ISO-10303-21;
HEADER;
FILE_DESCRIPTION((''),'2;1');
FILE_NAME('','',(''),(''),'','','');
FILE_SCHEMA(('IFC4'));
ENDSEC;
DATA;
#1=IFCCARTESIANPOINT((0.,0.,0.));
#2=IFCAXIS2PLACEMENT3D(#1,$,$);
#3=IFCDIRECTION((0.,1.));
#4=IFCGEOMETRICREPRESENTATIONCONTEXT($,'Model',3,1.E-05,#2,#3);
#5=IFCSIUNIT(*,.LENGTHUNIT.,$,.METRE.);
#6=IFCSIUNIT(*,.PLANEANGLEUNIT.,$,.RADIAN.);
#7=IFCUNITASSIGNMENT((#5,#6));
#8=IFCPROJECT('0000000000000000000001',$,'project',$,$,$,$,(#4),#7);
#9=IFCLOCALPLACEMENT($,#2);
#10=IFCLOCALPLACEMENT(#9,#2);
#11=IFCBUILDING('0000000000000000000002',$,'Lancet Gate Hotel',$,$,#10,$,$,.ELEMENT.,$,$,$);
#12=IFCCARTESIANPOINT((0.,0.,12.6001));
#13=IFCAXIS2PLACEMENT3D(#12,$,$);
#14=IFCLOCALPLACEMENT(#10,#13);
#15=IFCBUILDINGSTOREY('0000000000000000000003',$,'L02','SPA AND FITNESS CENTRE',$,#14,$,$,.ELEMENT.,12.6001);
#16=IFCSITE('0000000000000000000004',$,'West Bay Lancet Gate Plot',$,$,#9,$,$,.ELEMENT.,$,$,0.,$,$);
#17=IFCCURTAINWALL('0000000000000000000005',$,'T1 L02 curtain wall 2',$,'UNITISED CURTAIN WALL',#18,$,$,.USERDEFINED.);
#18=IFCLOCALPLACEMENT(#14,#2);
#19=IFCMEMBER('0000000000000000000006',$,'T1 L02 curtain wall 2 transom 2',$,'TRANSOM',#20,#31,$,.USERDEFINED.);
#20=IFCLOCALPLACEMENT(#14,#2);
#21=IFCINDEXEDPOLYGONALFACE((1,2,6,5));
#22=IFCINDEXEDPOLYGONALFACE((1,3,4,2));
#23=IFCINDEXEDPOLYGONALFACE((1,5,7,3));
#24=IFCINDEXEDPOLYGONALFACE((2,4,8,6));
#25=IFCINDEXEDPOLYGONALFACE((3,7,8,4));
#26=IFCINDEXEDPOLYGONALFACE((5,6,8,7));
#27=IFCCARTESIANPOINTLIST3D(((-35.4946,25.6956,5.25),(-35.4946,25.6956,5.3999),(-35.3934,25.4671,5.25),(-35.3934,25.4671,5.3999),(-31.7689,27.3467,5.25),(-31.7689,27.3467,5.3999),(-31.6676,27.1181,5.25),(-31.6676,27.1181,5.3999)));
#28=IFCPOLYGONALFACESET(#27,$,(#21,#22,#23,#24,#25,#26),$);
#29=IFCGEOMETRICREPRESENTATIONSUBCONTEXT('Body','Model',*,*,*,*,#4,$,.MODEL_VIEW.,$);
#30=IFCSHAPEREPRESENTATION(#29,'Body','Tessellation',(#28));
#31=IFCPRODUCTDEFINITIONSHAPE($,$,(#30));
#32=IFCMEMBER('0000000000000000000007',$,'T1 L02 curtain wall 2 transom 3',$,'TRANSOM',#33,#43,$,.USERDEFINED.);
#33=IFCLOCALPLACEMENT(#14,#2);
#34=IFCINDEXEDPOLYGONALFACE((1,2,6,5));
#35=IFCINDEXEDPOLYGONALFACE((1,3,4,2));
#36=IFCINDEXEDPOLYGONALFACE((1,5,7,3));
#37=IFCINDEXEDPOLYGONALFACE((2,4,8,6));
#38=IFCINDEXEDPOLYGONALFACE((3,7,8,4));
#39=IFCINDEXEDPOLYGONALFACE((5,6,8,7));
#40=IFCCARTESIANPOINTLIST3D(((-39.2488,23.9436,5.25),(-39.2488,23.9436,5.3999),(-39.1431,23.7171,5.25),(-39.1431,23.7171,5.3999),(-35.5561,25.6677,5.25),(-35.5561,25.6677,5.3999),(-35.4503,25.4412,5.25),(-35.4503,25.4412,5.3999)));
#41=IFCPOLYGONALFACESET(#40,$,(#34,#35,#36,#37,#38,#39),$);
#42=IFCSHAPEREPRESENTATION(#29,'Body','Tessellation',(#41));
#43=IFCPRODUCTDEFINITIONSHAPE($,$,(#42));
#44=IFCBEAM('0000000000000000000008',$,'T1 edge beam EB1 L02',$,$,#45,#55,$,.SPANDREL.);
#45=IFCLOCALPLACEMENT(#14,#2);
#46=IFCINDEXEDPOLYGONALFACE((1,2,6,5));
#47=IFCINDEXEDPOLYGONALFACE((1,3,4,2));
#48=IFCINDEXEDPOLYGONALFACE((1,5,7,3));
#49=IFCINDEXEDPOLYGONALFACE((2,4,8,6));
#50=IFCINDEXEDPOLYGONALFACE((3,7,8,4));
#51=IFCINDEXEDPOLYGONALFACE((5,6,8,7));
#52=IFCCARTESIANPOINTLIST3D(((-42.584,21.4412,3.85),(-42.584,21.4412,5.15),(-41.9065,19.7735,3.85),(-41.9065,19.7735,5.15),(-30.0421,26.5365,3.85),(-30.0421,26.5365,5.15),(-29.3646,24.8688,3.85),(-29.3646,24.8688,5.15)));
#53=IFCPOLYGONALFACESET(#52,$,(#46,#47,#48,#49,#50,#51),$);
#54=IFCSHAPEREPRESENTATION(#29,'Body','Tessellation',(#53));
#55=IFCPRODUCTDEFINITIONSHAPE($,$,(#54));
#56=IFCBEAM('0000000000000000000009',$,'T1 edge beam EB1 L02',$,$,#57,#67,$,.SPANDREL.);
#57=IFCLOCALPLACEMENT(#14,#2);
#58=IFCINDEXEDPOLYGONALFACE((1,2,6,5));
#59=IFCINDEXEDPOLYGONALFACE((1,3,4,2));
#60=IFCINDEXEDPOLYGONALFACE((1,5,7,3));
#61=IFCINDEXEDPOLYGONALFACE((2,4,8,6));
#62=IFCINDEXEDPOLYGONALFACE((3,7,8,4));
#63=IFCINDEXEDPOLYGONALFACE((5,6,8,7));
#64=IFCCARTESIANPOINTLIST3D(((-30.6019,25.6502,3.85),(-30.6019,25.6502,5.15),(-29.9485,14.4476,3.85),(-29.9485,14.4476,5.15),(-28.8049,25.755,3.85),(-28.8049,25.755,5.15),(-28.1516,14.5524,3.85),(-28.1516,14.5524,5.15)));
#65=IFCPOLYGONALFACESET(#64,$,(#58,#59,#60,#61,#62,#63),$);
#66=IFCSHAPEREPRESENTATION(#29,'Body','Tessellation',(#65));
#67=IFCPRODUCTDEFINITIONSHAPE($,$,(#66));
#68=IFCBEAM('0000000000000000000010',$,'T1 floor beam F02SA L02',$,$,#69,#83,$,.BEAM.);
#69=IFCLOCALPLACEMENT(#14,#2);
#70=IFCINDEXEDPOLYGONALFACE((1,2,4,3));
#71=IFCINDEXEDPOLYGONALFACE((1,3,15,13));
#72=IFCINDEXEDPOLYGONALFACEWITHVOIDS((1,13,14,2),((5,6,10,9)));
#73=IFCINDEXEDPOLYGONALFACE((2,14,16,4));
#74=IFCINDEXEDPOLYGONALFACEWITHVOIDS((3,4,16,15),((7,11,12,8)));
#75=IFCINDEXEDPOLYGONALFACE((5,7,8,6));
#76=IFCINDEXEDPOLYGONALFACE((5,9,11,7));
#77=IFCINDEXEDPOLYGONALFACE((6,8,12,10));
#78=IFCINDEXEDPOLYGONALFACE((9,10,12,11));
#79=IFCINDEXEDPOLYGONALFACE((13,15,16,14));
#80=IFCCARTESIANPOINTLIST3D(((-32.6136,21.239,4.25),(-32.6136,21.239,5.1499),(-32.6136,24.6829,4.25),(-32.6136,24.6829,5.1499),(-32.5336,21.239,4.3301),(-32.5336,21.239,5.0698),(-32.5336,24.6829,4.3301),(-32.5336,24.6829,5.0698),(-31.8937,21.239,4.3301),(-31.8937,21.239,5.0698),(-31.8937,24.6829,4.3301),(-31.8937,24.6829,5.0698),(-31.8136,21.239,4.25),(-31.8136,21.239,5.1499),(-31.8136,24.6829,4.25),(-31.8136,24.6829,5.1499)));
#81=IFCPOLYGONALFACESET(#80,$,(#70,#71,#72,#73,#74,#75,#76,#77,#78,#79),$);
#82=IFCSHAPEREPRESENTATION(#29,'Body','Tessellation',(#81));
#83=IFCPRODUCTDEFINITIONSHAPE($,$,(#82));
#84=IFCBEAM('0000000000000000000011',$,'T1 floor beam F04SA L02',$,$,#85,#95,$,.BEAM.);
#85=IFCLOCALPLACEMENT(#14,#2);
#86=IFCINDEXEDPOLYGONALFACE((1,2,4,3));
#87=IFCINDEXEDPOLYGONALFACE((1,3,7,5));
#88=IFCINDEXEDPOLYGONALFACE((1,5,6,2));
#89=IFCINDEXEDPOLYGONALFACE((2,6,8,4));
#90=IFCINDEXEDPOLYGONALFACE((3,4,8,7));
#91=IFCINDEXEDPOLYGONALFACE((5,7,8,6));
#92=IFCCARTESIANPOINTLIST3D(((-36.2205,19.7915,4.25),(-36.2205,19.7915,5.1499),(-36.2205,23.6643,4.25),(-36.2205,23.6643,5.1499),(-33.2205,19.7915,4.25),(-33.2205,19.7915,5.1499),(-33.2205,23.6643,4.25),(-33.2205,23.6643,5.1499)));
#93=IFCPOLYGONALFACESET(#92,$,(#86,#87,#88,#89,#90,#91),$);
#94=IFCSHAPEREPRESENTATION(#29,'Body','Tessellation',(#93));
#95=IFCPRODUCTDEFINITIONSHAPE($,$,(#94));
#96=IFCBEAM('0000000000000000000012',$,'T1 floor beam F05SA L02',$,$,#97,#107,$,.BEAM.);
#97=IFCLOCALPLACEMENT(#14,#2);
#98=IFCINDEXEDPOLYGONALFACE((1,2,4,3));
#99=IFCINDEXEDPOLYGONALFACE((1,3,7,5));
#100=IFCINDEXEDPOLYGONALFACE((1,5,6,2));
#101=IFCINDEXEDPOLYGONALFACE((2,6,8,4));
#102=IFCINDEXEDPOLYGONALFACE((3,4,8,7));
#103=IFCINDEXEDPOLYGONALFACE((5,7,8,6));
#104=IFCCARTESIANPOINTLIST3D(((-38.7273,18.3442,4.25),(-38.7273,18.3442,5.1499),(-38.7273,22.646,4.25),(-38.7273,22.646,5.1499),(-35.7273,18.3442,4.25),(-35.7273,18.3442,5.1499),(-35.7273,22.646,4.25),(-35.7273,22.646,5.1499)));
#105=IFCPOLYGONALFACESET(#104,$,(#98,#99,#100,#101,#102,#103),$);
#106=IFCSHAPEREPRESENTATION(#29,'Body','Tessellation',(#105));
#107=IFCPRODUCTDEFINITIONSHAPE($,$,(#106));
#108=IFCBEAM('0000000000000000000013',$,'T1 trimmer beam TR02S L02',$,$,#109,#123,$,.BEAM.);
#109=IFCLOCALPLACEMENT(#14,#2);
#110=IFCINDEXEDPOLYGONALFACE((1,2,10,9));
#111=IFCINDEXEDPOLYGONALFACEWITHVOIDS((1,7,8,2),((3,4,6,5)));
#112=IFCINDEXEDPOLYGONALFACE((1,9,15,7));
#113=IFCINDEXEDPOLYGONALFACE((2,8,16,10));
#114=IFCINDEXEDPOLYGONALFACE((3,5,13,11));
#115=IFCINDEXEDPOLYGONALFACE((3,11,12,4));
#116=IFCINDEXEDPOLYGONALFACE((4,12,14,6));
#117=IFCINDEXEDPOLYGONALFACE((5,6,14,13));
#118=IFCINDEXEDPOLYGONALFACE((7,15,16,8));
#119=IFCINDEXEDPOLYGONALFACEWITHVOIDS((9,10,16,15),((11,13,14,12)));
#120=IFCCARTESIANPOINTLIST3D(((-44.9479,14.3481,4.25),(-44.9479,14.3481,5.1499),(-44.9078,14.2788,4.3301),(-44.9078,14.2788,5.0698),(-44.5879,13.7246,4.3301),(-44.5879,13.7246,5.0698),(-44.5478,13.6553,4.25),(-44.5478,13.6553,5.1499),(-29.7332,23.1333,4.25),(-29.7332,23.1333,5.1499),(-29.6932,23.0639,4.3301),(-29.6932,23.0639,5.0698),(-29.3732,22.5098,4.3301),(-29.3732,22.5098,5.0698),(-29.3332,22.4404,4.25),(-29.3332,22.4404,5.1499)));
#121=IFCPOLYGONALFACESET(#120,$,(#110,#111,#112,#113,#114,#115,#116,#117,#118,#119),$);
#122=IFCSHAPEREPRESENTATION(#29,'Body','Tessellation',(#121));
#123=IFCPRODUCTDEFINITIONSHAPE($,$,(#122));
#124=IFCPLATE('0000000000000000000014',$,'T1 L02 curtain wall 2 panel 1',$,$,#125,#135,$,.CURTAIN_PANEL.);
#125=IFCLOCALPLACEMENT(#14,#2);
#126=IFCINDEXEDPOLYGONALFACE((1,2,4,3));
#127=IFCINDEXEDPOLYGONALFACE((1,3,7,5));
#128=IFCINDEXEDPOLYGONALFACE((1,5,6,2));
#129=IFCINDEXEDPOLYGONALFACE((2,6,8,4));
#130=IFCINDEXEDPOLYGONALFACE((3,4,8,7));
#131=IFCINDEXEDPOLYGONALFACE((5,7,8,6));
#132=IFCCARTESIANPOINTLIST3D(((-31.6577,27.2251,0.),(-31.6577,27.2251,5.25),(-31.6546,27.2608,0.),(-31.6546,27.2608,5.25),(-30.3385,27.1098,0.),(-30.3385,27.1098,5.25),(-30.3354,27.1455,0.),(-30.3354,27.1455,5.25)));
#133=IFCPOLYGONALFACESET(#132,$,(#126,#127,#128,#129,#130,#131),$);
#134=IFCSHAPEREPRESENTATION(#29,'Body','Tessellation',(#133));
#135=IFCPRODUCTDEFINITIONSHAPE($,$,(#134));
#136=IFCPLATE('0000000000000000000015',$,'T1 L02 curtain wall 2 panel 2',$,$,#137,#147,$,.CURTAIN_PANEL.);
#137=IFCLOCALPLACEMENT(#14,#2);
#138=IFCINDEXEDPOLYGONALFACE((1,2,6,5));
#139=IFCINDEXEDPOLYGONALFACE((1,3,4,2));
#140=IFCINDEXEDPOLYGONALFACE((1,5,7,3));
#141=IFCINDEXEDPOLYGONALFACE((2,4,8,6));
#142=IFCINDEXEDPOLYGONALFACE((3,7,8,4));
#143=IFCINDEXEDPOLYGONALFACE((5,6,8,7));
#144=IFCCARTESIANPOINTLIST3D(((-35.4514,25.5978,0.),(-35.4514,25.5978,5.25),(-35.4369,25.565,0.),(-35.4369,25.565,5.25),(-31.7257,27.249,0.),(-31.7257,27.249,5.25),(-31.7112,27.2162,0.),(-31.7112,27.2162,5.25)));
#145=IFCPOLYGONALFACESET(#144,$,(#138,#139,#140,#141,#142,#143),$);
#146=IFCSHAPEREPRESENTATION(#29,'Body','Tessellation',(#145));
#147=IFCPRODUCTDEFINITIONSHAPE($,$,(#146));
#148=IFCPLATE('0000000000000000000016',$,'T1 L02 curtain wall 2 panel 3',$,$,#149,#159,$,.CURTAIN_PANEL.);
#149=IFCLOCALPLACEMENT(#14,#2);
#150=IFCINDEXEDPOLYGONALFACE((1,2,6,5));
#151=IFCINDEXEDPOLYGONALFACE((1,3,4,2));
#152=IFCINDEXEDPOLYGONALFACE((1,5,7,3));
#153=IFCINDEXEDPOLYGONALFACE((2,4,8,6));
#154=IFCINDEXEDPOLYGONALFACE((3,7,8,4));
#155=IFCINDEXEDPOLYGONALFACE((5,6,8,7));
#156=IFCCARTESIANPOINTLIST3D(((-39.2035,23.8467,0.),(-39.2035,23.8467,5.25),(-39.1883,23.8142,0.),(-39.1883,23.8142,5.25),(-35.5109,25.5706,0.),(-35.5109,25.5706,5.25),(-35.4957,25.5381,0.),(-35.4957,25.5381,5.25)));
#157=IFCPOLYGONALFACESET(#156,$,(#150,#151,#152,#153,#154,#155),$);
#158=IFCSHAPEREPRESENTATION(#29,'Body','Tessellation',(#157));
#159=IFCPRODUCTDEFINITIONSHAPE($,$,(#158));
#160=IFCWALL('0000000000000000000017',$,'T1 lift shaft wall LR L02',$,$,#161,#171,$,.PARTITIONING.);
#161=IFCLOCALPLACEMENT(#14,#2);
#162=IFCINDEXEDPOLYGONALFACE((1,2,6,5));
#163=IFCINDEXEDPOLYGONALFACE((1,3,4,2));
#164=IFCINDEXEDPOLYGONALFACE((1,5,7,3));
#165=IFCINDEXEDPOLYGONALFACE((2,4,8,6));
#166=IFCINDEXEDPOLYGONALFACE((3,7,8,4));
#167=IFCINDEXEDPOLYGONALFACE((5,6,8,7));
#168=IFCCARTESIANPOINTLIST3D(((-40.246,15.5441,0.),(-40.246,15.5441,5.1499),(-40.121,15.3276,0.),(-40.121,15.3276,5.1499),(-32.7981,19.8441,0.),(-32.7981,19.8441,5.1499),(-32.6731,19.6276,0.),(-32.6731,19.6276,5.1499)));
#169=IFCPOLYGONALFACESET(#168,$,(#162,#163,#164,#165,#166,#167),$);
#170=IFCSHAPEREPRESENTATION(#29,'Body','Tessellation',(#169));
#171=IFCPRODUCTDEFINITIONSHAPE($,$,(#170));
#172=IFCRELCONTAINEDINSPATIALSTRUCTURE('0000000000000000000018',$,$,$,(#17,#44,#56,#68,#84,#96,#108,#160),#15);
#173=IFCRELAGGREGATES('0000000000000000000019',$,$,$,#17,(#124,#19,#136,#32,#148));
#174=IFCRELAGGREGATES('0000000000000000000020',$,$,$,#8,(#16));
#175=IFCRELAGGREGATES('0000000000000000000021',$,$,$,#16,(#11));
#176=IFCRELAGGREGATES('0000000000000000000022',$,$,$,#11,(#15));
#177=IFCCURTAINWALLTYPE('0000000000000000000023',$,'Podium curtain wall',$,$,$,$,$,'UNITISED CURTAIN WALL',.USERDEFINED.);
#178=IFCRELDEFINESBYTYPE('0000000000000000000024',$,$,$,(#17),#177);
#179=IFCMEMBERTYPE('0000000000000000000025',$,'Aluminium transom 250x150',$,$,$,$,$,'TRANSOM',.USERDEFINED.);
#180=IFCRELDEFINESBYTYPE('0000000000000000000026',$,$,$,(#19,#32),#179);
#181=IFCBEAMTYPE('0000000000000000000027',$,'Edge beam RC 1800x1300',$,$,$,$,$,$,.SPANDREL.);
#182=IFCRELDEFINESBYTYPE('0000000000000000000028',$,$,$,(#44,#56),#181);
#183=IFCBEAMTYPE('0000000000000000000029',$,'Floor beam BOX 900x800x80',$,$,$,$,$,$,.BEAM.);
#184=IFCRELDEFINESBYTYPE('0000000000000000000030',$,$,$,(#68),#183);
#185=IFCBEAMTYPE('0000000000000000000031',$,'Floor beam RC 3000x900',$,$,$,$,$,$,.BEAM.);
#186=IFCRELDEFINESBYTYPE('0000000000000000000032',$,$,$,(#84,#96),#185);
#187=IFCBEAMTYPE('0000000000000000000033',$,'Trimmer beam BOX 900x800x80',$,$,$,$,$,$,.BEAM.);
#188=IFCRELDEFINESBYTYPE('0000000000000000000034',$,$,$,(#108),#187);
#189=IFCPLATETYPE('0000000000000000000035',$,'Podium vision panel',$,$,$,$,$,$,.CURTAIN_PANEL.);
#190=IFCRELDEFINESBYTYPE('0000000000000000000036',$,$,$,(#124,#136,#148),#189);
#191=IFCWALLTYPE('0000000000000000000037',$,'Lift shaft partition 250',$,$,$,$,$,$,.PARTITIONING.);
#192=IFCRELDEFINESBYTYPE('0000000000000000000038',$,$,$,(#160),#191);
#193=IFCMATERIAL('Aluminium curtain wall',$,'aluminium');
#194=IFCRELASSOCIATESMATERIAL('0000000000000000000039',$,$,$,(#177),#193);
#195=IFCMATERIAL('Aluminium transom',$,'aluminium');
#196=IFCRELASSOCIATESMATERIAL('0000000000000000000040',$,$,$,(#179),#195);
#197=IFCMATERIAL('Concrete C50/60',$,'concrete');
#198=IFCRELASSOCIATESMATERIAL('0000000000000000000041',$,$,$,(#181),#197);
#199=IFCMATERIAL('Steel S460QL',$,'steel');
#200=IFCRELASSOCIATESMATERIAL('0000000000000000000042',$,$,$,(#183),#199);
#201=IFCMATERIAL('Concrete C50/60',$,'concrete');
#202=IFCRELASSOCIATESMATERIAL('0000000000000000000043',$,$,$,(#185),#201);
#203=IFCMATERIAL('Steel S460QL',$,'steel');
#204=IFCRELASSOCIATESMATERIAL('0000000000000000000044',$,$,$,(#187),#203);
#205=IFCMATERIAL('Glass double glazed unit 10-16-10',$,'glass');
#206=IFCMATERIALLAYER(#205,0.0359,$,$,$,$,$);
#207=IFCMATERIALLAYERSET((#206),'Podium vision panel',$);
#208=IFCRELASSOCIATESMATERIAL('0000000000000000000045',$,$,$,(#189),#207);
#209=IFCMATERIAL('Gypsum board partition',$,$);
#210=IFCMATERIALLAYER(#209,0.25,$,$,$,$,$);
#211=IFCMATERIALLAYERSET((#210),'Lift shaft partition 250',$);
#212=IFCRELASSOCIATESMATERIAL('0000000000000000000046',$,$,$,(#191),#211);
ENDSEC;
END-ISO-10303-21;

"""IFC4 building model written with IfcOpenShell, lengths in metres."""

from ifc_helpers import new_model, si_unit, direction, frame, frame_2d, origin, origin_2d, place, context, subcontext, project, spatial, rectangle, hollow_rectangle, extrude, material, layer, layer_set, material_profile, profile_set, type_object, element, aggregate, save


model = new_model("IFC4")

# Units and contexts
model_context = context("Model", 3, precision=1e-05, world=origin(), true_north=direction((0.0, 1.0)))
body_context = subcontext(model_context, "Body", "Model", "MODEL_VIEW")
ifc_project = project(units=[si_unit("LENGTHUNIT", "METRE"), si_unit("PLANEANGLEUNIT", "RADIAN")], contexts=[model_context])

# Site, building, storey
site_placement = place(None, origin())
site = spatial("IfcSite", under=ifc_project, at=site_placement, Name="West Bay Lancet Gate Plot", CompositionType="ELEMENT", RefElevation=0.0)
building_placement = place(site_placement, origin())
building = spatial("IfcBuilding", under=site, at=building_placement, Name="Lancet Gate Hotel", CompositionType="ELEMENT")
storey_placement = place(building_placement, frame((0.0, 0.0, 12.6001)))
storey = spatial("IfcBuildingStorey", under=building, at=storey_placement, Name="L02", Description="SPA AND FITNESS CENTRE", CompositionType="ELEMENT", Elevation=12.6001)

# Curtain wall, members
ifc_material_1 = material(Name="Aluminium curtain wall", Category="aluminium")
curtain_wall_type = type_object("IfcCurtainWallType", Name="Podium curtain wall", ElementType="UNITISED CURTAIN WALL", PredefinedType="USERDEFINED", material=ifc_material_1)
curtain_wall_placement = place(storey_placement, origin())
curtain_wall = element("IfcCurtainWall", 1, at=curtain_wall_placement, inside=storey, type_object=curtain_wall_type, Name="T1 L02 curtain wall 2", ObjectType="UNITISED CURTAIN WALL", PredefinedType="USERDEFINED")
ifc_material_2 = material(Name="Aluminium transom", Category="aluminium")
ifc_material_profile_1 = material_profile(ifc_material_2, rectangle(XDim=0.25, YDim=0.1499, at=origin_2d()), Name="TRANSOM 250x150")
ifc_profile_set_1 = profile_set([ifc_material_profile_1], Name="Aluminium transom")
member_type_1 = type_object("IfcMemberType", Name="Aluminium transom 250x150", ElementType="TRANSOM", PredefinedType="USERDEFINED", material=ifc_profile_set_1)
member_1_placement = place(storey_placement, frame((-31.7183, 27.2324, 5.325), z_axis=(-0.914248, -0.405154, 0.0), x_axis=(0.405154, -0.914248, 0.0)))
member_1 = element("IfcMember", 2, at=member_1_placement, type_object=member_type_1, Name="T1 L02 curtain wall 2 transom 2", ObjectType="TRANSOM", PredefinedType="USERDEFINED", context=body_context, shape_type="SweptSolid", body=[
    extrude(rectangle(XDim=0.25, YDim=0.1499, at=origin_2d()), origin(), (0.0, 0.0, 1.0), 4.0752),
])
member_2_placement = place(storey_placement, frame((-35.5032, 25.5544, 5.325), z_axis=(-0.90611, -0.423043, 0.0), x_axis=(0.423043, -0.90611, 0.0)))
member_2 = element("IfcMember", 3, at=member_2_placement, type_object=member_type_1, Name="T1 L02 curtain wall 2 transom 3", ObjectType="TRANSOM", PredefinedType="USERDEFINED", context=body_context, shape_type="SweptSolid", body=[
    extrude(rectangle(XDim=0.25, YDim=0.1499, at=origin_2d()), origin(), (0.0, 0.0, 1.0), 4.0754),
])

# Beams
ifc_material_3 = material(Name="Concrete C50/60", Category="concrete")
ifc_material_profile_2 = material_profile(ifc_material_3, rectangle(XDim=1.8, YDim=1.3, at=origin_2d()), Name="RC 1800x1300")
ifc_profile_set_2 = profile_set([ifc_material_profile_2], Name="Concrete C50/60")
beam_type_1 = type_object("IfcBeamType", Name="Edge beam RC 1800x1300", PredefinedType="SPANDREL", material=ifc_profile_set_2)
beam_1_placement = place(storey_placement, frame((-29.7034, 25.7026, 4.5), z_axis=(-0.926463, -0.376385, 0.0), x_axis=(0.376385, -0.926463, 0.0)))
element("IfcBeam", 4, at=beam_1_placement, inside=storey, type_object=beam_type_1, Name="T1 edge beam EB1 L02", PredefinedType="SPANDREL", context=body_context, shape_type="SweptSolid", body=[
    extrude(rectangle(XDim=1.8, YDim=1.3, at=origin_2d()), origin(), (0.0, 0.0, 1.0), 13.5374),
])
beam_2_placement = place(storey_placement, frame((-29.7034, 25.7026, 4.5), z_axis=(0.05822, -0.998304, 0.0), x_axis=(0.998304, 0.05822, 0.0)))
element("IfcBeam", 5, at=beam_2_placement, inside=storey, type_object=beam_type_1, Name="T1 edge beam EB1 L02", PredefinedType="SPANDREL", context=body_context, shape_type="SweptSolid", body=[
    extrude(rectangle(XDim=1.8, YDim=1.3, at=origin_2d()), origin(), (0.0, 0.0, 1.0), 11.2217),
])
ifc_material_4 = material(Name="Steel S460QL", Category="steel")
ifc_material_profile_3 = material_profile(ifc_material_4, hollow_rectangle(XDim=0.8, YDim=0.8999, WallThickness=0.0801, at=origin_2d()), Name="BOX 900x800x80")
ifc_profile_set_3 = profile_set([ifc_material_profile_3], Name="Steel S460QL")
beam_type_2 = type_object("IfcBeamType", Name="Floor beam BOX 900x800x80", PredefinedType="BEAM", material=ifc_profile_set_3)
beam_3_placement = place(storey_placement, frame((-32.2136, 24.6829, 4.7), z_axis=(0.0, -1.0, 0.0), x_axis=(1.0, 0.0, 0.0)))
element("IfcBeam", 6, at=beam_3_placement, inside=storey, type_object=beam_type_2, Name="T1 floor beam F02SA L02", PredefinedType="BEAM", context=body_context, shape_type="SweptSolid", body=[
    extrude(hollow_rectangle(XDim=0.8, YDim=0.8999, WallThickness=0.0801, at=origin_2d()), origin(), (0.0, 0.0, 1.0), 3.4438),
])
ifc_material_5 = material(Name="Concrete C50/60", Category="concrete")
ifc_material_profile_4 = material_profile(ifc_material_5, rectangle(XDim=3.0, YDim=0.8999, at=origin_2d()), Name="RC 3000x900")
ifc_profile_set_4 = profile_set([ifc_material_profile_4], Name="Concrete C50/60")
beam_type_3 = type_object("IfcBeamType", Name="Floor beam RC 3000x900", PredefinedType="BEAM", material=ifc_profile_set_4)
beam_4_placement = place(storey_placement, frame((-34.7205, 23.6643, 4.7), z_axis=(0.0, -1.0, 0.0), x_axis=(1.0, 0.0, 0.0)))
element("IfcBeam", 7, at=beam_4_placement, inside=storey, type_object=beam_type_3, Name="T1 floor beam F04SA L02", PredefinedType="BEAM", context=body_context, shape_type="SweptSolid", body=[
    extrude(rectangle(XDim=3.0, YDim=0.8999, at=origin_2d()), origin(), (0.0, 0.0, 1.0), 3.8728),
])
beam_5_placement = place(storey_placement, frame((-37.2273, 22.646, 4.7), z_axis=(0.0, -1.0, 0.0), x_axis=(1.0, 0.0, 0.0)))
element("IfcBeam", 8, at=beam_5_placement, inside=storey, type_object=beam_type_3, Name="T1 floor beam F05SA L02", PredefinedType="BEAM", context=body_context, shape_type="SweptSolid", body=[
    extrude(rectangle(XDim=3.0, YDim=0.8999, at=origin_2d()), origin(), (0.0, 0.0, 1.0), 4.3018),
])
ifc_material_6 = material(Name="Steel S460QL", Category="steel")
ifc_material_profile_5 = material_profile(ifc_material_6, hollow_rectangle(XDim=0.8, YDim=0.8999, WallThickness=0.0801, at=origin_2d()), Name="BOX 900x800x80")
ifc_profile_set_5 = profile_set([ifc_material_profile_5], Name="Steel S460QL")
beam_type_4 = type_object("IfcBeamType", Name="Trimmer beam BOX 900x800x80", PredefinedType="BEAM", material=ifc_profile_set_5)
beam_6_placement = place(storey_placement, frame((-29.5332, 22.7869, 4.7), z_axis=(-0.866001, -0.500043, 0.0), x_axis=(0.500043, -0.866001, 0.0)))
element("IfcBeam", 9, at=beam_6_placement, inside=storey, type_object=beam_type_4, Name="T1 trimmer beam TR02S L02", PredefinedType="BEAM", context=body_context, shape_type="SweptSolid", body=[
    extrude(hollow_rectangle(XDim=0.8, YDim=0.8999, WallThickness=0.0801, at=origin_2d()), origin(), (0.0, 0.0, 1.0), 17.5688),
])

# Plates
ifc_material_7 = material(Name="Glass double glazed unit 10-16-10", Category="glass")
ifc_layer_1 = layer(ifc_material_7, 0.0359)
ifc_layer_set_1 = layer_set([ifc_layer_1], Name="Podium vision panel")
plate_type = type_object("IfcPlateType", Name="Podium vision panel", PredefinedType="CURTAIN_PANEL", material=ifc_layer_set_1)
plate_1_placement = place(storey_placement, frame((-30.9966, 27.1853, 0.0), z_axis=(0.0, 0.0, 1.0), x_axis=(-0.996204, 0.087052, 0.0)))
plate_1 = element("IfcPlate", 10, at=plate_1_placement, type_object=plate_type, Name="T1 L02 curtain wall 2 panel 1", PredefinedType="CURTAIN_PANEL", context=body_context, shape_type="SweptSolid", body=[
    extrude(rectangle(XDim=1.3242, YDim=0.0359, at=origin_2d()), origin(), (0.0, 0.0, 1.0), 5.25),
])
plate_2_placement = place(storey_placement, frame((-33.5813, 26.407, 0.0), z_axis=(0.0, 0.0, 1.0), x_axis=(-0.914234, -0.405186, 0.0)))
plate_2 = element("IfcPlate", 11, at=plate_2_placement, type_object=plate_type, Name="T1 L02 curtain wall 2 panel 2", PredefinedType="CURTAIN_PANEL", context=body_context, shape_type="SweptSolid", body=[
    extrude(rectangle(XDim=4.0752, YDim=0.0359, at=origin_2d()), origin(), (0.0, 0.0, 1.0), 5.25),
])
plate_3_placement = place(storey_placement, frame((-37.3496, 24.6924, 0.0), z_axis=(0.0, 0.0, 1.0), x_axis=(-0.906118, -0.423026, 0.0)))
plate_3 = element("IfcPlate", 12, at=plate_3_placement, type_object=plate_type, Name="T1 L02 curtain wall 2 panel 3", PredefinedType="CURTAIN_PANEL", context=body_context, shape_type="SweptSolid", body=[
    extrude(rectangle(XDim=4.0752, YDim=0.0359, at=origin_2d()), origin(), (0.0, 0.0, 1.0), 5.25),
])
aggregate(curtain_wall, [plate_1, member_1, plate_2, member_2, plate_3])

# Wall
ifc_material_8 = material(Name="Gypsum board partition")
ifc_layer_2 = layer(ifc_material_8, 0.25)
ifc_layer_set_2 = layer_set([ifc_layer_2], Name="Lift shaft partition 250")
wall_type = type_object("IfcWallType", Name="Lift shaft partition 250", PredefinedType="PARTITIONING", material=ifc_layer_set_2)
wall_placement = place(storey_placement, frame((-32.7356, 19.7358, 0.0), z_axis=(0.0, 0.0, 1.0), x_axis=(-0.866028, -0.499995, 0.0)))
element("IfcWall", 13, at=wall_placement, inside=storey, type_object=wall_type, Name="T1 lift shaft wall LR L02", PredefinedType="PARTITIONING", context=body_context, shape_type="SweptSolid", body=[
    extrude(rectangle(XDim=8.6001, YDim=0.25, at=frame_2d((4.3, 0.0))), origin(), (0.0, 0.0, 1.0), 5.1499),
])

save(model, "model.ifc")
